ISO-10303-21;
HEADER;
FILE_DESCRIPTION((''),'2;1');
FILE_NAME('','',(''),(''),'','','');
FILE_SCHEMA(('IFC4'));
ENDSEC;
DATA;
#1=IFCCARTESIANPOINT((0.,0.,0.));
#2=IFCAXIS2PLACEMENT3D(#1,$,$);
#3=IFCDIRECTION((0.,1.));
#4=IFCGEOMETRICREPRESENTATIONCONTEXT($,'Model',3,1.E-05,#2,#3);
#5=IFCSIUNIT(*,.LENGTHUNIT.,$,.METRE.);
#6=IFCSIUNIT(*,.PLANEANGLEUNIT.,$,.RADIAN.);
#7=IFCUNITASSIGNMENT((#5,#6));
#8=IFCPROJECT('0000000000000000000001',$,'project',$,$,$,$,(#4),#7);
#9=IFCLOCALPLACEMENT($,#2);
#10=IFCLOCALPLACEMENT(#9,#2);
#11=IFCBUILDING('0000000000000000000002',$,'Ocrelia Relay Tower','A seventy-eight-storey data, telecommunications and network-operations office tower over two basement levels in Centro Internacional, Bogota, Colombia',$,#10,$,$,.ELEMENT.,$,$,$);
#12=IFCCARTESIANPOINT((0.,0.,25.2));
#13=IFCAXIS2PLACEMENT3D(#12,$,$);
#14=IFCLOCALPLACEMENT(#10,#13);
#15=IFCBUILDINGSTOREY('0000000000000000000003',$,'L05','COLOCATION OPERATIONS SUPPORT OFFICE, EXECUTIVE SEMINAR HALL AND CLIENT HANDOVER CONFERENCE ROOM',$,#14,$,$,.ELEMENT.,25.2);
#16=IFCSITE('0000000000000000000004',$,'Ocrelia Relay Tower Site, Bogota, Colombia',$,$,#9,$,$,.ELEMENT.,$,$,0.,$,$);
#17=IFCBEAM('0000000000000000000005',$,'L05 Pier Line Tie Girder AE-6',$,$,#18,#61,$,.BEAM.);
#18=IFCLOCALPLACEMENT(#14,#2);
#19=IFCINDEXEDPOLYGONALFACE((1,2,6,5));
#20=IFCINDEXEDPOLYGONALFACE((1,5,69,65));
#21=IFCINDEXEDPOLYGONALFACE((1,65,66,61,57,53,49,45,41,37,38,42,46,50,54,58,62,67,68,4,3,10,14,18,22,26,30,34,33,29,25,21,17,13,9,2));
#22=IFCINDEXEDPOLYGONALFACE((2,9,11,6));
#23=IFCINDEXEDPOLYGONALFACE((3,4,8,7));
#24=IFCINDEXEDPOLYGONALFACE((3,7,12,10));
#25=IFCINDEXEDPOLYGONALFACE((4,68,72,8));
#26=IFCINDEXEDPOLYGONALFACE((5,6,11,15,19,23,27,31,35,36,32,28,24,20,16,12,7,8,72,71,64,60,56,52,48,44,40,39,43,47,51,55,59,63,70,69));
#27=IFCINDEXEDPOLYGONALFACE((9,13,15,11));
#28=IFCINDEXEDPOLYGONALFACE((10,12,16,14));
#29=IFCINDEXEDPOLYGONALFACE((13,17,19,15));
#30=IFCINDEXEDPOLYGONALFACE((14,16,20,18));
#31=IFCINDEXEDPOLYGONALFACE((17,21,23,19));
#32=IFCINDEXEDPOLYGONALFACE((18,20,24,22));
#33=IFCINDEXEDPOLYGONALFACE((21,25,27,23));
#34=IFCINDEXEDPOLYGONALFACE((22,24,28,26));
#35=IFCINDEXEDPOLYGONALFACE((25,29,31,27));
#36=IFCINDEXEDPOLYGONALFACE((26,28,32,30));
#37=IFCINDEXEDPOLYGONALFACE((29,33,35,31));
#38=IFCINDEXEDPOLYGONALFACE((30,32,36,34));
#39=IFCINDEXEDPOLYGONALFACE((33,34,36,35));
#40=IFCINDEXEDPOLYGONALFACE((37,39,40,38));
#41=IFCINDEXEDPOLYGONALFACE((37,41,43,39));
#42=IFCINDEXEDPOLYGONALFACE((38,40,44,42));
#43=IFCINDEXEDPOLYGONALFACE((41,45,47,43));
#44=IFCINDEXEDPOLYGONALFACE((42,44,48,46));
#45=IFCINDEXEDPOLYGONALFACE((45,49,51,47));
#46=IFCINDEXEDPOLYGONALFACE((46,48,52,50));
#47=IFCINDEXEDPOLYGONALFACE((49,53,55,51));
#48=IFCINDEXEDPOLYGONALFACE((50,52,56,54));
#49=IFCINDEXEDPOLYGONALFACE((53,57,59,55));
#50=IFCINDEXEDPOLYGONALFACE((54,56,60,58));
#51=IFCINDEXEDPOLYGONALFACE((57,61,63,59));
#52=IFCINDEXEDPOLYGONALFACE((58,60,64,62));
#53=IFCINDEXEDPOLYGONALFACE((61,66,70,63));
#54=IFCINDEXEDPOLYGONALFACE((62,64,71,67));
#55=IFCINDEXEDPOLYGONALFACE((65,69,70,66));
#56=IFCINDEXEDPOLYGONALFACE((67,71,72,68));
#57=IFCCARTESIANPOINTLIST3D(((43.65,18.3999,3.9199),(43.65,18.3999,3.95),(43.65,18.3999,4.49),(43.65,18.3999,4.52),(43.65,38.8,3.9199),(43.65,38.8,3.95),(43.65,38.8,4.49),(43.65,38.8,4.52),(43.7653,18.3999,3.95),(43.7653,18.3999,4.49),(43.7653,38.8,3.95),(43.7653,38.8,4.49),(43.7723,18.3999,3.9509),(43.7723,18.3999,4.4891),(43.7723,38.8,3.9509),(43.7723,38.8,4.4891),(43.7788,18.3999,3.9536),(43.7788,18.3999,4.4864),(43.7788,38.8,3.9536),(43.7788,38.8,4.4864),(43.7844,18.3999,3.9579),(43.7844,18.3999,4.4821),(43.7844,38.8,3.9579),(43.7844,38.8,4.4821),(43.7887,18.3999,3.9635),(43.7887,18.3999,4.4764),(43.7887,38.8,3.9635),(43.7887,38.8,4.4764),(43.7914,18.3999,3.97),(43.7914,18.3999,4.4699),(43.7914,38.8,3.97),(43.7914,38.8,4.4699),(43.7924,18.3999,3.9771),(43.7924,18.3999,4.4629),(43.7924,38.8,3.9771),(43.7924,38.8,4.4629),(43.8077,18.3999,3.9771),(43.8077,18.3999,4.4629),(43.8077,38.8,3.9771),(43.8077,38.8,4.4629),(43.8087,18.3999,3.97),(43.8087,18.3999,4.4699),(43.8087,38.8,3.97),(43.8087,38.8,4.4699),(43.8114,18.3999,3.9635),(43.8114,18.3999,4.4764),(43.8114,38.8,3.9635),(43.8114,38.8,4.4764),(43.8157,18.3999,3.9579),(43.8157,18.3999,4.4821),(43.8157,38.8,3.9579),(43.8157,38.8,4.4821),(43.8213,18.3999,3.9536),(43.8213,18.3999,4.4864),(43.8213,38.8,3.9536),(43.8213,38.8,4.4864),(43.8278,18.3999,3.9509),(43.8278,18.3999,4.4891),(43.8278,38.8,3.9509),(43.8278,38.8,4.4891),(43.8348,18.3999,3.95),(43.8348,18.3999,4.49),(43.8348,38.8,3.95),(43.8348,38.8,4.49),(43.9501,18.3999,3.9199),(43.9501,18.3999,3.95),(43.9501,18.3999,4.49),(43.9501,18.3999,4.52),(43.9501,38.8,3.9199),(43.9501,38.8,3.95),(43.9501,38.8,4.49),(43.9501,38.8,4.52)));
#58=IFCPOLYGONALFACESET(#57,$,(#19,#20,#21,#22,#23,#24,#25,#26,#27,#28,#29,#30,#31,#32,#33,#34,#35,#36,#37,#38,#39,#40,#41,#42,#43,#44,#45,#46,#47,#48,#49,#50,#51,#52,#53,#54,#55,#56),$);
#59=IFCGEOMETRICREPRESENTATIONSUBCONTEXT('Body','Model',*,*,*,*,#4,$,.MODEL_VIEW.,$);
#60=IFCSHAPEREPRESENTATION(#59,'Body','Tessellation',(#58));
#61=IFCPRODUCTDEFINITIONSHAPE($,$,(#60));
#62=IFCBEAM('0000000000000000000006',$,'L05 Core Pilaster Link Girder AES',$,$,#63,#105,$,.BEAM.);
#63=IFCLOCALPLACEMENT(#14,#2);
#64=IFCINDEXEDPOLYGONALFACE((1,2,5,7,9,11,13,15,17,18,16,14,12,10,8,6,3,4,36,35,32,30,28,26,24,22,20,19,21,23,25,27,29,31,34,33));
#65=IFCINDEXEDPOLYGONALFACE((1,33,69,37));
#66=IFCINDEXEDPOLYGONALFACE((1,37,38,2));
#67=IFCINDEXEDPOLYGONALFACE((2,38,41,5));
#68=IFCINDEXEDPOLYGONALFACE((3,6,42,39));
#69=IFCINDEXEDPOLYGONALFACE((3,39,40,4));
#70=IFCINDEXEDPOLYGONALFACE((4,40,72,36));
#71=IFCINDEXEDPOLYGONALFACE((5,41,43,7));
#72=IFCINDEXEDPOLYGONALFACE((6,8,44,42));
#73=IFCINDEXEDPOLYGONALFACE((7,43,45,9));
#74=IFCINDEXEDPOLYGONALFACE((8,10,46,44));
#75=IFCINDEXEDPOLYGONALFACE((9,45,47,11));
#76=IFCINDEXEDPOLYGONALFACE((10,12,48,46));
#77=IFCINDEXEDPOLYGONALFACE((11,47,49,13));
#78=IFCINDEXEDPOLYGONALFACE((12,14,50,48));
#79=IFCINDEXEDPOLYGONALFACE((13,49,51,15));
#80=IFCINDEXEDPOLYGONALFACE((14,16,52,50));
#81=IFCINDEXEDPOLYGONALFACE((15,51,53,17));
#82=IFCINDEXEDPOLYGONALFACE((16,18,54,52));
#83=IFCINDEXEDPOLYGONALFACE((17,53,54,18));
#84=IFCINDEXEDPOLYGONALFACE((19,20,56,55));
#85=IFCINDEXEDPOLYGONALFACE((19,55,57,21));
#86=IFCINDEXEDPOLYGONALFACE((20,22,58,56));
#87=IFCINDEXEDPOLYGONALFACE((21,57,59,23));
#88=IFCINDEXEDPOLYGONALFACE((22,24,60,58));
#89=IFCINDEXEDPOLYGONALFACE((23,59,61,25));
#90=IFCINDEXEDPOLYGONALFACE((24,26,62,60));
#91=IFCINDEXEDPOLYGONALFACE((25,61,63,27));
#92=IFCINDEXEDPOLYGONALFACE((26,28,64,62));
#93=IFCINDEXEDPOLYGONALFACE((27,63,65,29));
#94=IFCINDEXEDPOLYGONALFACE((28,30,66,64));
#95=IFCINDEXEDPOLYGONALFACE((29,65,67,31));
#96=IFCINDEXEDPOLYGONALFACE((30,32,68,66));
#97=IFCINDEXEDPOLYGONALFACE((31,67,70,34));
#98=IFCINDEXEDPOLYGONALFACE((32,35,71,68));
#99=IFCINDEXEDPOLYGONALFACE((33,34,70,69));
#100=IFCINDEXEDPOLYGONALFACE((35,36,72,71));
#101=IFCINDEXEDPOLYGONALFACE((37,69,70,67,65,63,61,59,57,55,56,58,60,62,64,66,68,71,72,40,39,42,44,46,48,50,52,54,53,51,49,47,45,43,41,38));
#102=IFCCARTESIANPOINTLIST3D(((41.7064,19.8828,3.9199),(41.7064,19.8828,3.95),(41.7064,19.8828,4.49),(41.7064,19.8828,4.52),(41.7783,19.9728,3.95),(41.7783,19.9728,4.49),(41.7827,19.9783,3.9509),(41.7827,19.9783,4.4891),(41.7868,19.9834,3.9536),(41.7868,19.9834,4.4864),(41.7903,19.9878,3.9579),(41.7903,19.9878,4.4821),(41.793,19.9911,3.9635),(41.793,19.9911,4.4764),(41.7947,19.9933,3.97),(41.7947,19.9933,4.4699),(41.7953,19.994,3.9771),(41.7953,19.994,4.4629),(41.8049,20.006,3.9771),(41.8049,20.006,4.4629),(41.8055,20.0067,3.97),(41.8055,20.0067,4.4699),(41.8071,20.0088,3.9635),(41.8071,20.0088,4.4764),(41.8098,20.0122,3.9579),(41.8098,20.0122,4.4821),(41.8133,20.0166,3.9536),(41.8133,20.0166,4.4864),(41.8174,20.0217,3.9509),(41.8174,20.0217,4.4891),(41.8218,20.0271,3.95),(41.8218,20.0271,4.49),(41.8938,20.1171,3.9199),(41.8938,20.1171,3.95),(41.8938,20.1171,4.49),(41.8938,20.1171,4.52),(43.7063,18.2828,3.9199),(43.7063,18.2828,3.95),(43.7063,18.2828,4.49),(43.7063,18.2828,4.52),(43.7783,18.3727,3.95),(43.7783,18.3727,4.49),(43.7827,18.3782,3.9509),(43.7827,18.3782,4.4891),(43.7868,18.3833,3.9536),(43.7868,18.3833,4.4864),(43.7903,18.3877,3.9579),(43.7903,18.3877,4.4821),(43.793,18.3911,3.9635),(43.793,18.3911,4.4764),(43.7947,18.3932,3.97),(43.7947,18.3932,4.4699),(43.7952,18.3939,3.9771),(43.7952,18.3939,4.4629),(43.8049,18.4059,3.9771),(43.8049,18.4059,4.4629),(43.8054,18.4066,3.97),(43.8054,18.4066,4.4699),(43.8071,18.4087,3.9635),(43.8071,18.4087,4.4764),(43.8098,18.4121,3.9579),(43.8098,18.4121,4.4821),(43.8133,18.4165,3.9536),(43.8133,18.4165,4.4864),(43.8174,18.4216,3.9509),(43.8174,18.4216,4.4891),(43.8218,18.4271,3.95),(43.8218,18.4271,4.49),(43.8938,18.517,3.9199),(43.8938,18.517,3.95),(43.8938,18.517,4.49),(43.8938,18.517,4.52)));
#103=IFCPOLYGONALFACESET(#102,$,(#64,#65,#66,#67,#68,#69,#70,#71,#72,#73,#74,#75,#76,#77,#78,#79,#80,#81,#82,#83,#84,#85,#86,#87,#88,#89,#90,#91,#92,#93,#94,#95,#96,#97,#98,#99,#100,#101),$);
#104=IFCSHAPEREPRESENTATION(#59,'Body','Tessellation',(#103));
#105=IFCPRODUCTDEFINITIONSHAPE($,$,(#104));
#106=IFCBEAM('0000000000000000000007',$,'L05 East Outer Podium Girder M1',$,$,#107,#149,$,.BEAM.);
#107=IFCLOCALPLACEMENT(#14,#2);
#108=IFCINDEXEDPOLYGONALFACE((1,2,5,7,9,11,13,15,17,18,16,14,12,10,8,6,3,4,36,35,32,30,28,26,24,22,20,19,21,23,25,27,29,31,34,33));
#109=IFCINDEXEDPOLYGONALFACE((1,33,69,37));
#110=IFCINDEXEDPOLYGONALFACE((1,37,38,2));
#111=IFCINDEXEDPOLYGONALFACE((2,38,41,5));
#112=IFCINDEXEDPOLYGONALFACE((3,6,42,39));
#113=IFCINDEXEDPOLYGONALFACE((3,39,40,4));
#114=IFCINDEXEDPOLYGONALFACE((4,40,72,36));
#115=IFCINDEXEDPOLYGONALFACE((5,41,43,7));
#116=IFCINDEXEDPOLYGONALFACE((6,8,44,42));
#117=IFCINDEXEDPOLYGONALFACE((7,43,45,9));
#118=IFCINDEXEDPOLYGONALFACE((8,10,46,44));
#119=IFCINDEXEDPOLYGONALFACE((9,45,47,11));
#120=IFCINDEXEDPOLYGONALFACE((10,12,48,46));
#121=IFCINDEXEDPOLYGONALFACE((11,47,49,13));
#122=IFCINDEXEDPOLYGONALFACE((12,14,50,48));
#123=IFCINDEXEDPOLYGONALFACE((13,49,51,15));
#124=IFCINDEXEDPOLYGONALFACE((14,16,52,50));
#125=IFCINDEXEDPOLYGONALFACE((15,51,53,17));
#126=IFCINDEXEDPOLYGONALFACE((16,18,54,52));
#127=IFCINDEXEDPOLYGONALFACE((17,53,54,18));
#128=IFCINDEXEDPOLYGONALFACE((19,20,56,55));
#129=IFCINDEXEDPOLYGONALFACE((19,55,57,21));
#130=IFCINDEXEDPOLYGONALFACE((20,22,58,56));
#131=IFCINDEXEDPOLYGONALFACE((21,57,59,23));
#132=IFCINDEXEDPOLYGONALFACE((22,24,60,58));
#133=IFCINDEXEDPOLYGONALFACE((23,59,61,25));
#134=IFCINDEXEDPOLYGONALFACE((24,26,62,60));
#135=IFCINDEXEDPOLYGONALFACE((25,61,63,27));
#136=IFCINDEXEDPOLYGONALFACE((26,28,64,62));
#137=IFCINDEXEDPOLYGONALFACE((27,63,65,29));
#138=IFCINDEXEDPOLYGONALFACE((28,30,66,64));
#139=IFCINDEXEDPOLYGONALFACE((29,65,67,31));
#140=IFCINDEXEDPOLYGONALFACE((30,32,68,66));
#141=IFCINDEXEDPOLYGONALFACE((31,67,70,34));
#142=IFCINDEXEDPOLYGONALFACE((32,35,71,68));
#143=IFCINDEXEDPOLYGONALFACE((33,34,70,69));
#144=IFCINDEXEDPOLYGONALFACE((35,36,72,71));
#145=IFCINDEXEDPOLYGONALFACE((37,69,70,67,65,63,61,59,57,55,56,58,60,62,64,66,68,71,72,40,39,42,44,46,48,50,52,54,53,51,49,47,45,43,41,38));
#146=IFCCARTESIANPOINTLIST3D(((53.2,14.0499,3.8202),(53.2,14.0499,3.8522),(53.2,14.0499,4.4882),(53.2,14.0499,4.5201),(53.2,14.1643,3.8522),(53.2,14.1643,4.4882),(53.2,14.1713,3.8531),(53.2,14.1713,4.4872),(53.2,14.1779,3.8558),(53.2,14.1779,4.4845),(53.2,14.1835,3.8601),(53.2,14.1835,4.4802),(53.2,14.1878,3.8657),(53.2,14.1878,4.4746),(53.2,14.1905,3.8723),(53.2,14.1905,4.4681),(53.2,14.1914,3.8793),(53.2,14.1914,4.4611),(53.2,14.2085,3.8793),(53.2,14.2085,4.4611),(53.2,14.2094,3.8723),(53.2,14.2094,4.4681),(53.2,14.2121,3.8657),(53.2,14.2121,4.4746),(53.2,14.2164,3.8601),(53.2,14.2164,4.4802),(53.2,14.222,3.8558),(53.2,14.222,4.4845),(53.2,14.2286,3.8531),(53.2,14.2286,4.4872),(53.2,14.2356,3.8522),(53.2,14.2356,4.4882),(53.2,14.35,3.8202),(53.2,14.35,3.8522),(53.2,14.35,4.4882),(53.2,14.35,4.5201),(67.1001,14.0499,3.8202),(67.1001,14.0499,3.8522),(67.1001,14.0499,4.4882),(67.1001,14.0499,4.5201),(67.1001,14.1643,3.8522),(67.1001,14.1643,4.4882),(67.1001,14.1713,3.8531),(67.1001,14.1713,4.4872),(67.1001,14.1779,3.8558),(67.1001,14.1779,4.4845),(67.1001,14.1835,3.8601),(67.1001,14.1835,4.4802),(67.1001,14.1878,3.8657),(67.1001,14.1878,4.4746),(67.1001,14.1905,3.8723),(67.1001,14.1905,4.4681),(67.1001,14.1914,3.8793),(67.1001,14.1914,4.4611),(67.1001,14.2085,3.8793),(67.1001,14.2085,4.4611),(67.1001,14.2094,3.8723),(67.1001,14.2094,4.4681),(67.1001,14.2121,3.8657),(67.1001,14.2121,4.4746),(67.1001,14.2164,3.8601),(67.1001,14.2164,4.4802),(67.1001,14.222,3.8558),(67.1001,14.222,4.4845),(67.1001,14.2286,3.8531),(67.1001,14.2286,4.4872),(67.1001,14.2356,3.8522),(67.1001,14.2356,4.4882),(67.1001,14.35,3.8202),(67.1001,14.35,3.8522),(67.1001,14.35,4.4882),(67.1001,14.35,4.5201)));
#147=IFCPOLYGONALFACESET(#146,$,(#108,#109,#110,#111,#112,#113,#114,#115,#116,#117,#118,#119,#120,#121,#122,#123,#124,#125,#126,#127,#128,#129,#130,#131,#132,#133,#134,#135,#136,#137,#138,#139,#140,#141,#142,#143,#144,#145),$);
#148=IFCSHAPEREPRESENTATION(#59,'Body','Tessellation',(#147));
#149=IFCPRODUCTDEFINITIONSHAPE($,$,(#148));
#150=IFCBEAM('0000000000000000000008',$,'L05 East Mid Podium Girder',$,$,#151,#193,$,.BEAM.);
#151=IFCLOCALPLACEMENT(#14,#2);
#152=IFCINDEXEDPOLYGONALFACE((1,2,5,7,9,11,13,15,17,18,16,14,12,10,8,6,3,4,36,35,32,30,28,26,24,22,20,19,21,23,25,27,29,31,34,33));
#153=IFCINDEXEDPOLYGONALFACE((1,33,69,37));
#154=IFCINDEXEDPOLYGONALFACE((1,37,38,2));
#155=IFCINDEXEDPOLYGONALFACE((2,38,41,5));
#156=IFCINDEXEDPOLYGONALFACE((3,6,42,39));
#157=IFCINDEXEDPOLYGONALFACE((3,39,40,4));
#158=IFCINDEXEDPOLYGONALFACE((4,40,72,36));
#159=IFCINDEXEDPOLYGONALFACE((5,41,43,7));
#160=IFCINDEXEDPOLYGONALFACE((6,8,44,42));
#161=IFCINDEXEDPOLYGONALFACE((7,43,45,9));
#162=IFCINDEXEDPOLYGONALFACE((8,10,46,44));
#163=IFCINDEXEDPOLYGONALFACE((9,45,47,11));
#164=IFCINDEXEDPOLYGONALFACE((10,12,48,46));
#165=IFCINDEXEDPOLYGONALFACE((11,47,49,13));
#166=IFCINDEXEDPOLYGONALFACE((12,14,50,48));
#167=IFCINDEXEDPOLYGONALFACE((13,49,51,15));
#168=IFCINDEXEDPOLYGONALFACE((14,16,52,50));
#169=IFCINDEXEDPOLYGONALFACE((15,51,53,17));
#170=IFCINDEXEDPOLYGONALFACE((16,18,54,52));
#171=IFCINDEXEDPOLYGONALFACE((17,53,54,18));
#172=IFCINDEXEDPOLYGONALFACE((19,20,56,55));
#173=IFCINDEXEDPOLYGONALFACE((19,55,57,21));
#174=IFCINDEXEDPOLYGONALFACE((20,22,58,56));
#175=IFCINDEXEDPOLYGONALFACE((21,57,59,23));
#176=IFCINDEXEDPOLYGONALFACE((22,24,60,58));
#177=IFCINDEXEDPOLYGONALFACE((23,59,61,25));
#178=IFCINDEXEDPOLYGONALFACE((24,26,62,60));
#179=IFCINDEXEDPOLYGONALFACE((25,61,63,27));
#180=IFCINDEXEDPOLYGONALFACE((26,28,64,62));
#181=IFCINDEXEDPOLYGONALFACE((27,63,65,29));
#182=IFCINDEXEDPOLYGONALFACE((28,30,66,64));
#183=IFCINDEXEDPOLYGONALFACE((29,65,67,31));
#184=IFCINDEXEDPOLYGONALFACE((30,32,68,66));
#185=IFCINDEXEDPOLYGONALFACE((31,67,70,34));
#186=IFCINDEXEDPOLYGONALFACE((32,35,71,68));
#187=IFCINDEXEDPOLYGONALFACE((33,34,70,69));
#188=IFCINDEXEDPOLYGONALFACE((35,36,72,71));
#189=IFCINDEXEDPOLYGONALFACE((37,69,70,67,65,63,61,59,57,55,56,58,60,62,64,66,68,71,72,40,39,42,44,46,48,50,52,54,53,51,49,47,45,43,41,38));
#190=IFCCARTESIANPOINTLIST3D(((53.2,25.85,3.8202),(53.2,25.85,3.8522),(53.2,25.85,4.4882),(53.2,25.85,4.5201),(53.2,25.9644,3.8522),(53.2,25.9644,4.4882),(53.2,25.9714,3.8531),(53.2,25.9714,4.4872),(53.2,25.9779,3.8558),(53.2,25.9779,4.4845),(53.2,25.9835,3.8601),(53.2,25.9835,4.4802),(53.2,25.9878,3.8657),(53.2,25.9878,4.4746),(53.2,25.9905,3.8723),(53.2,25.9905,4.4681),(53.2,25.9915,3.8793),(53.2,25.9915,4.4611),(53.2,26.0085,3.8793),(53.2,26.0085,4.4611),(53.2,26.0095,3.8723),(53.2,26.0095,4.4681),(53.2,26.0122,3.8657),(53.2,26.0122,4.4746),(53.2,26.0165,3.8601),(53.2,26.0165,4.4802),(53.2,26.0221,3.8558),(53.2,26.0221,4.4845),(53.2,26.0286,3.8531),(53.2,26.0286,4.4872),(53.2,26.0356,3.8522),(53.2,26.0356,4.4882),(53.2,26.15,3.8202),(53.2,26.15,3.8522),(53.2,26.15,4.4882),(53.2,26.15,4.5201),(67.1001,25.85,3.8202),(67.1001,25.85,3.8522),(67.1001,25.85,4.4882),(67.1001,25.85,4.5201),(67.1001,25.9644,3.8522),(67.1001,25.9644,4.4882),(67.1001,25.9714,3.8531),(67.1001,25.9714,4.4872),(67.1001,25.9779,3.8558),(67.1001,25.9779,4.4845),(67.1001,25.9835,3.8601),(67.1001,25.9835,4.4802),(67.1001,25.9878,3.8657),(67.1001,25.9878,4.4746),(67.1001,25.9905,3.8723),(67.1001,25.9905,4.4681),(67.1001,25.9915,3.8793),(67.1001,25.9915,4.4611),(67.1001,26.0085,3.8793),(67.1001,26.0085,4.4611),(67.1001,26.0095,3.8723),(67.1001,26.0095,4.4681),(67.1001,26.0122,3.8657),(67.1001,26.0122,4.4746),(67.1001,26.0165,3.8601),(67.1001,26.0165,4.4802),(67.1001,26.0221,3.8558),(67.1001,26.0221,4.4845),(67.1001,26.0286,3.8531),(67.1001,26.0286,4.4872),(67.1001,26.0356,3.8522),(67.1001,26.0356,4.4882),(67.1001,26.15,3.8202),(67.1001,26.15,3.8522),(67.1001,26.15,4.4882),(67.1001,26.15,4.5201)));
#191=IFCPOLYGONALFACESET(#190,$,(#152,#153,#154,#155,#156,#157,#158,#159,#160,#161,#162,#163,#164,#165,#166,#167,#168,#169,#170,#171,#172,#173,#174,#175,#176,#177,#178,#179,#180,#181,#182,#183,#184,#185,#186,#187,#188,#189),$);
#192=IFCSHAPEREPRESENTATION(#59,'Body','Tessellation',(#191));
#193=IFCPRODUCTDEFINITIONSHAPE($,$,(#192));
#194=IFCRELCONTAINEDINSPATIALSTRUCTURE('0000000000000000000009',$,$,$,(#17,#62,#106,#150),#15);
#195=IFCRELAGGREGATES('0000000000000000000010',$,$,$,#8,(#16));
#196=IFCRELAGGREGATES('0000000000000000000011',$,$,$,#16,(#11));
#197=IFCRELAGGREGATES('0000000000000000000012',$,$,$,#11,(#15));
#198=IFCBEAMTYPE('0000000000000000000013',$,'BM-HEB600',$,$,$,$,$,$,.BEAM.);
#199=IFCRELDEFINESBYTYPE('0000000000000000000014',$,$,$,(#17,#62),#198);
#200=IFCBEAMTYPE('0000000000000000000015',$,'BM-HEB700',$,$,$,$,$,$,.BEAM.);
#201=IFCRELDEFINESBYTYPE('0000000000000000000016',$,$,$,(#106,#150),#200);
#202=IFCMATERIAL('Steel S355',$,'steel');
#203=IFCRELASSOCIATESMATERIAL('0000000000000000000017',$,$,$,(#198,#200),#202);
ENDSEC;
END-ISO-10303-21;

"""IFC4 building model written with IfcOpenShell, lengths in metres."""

from ifc_helpers import new_model, si_unit, direction, frame, origin, origin_2d, place, context, subcontext, project, spatial, i_section, extrude, material, material_profile, profile_set, type_object, element, save


model = new_model("IFC4")

# Units and contexts
model_context = context("Model", 3, precision=1e-05, world=origin(), true_north=direction((0.0, 1.0)))
body_context = subcontext(model_context, "Body", "Model", "MODEL_VIEW")
ifc_project = project(units=[si_unit("LENGTHUNIT", "METRE"), si_unit("PLANEANGLEUNIT", "RADIAN")], contexts=[model_context])

# Site, building, storey
site_placement = place(None, origin())
site = spatial("IfcSite", under=ifc_project, at=site_placement, Name="Ocrelia Relay Tower Site, Bogota, Colombia", CompositionType="ELEMENT", RefElevation=0.0)
building_placement = place(site_placement, origin())
building = spatial("IfcBuilding", under=site, at=building_placement, Name="Ocrelia Relay Tower", Description="A seventy-eight-storey data, telecommunications and network-operations office tower over two basement levels in Centro Internacional, Bogota, Colombia", CompositionType="ELEMENT")
storey_placement = place(building_placement, frame((0.0, 0.0, 25.2)))
storey = spatial("IfcBuildingStorey", under=building, at=storey_placement, Name="L05", Description="COLOCATION OPERATIONS SUPPORT OFFICE, EXECUTIVE SEMINAR HALL AND CLIENT HANDOVER CONFERENCE ROOM", CompositionType="ELEMENT", Elevation=25.2)

# Beams
ifc_material_1 = material(Name="Steel S355", Category="steel")
ifc_material_profile_1 = material_profile(ifc_material_1, i_section(OverallWidth=0.3, OverallDepth=0.6001, WebThickness=0.0154, FlangeThickness=0.03, FilletRadius=0.0271, at=origin_2d()), Name="HEB 600")
ifc_profile_set_1 = profile_set([ifc_material_profile_1], Name="Steel S355")
beam_type_1 = type_object("IfcBeamType", Name="BM-HEB600", PredefinedType="BEAM", material=ifc_profile_set_1)
beam_1_placement = place(storey_placement, frame((43.8, 18.3999, 4.22), z_axis=(0.0, 1.0, 0.0), x_axis=(-1.0, 0.0, 0.0)))
element("IfcBeam", 1, at=beam_1_placement, inside=storey, type_object=beam_type_1, Name="L05 Pier Line Tie Girder AE-6", PredefinedType="BEAM", context=body_context, shape_type="SweptSolid", body=[
    extrude(i_section(OverallWidth=0.3, OverallDepth=0.6001, WebThickness=0.0154, FlangeThickness=0.03, FilletRadius=0.0271, at=origin_2d()), origin(), (0.0, 0.0, 1.0), 20.4001),
])
beam_2_placement = place(storey_placement, frame((43.8, 18.3999, 4.22), z_axis=(-0.78085, 0.624718, 0.0), x_axis=(-0.624718, -0.78085, 0.0)))
element("IfcBeam", 2, at=beam_2_placement, inside=storey, type_object=beam_type_1, Name="L05 Core Pilaster Link Girder AES", PredefinedType="BEAM", context=body_context, shape_type="SweptSolid", body=[
    extrude(i_section(OverallWidth=0.3, OverallDepth=0.6001, WebThickness=0.0154, FlangeThickness=0.03, FilletRadius=0.0271, at=origin_2d()), origin(), (0.0, 0.0, 1.0), 2.5613),
])
ifc_material_profile_2 = material_profile(ifc_material_1, i_section(OverallWidth=0.3, OverallDepth=0.7, WebThickness=0.0171, FlangeThickness=0.032, FilletRadius=0.0271, at=origin_2d()), Name="HEB 700")
ifc_profile_set_2 = profile_set([ifc_material_profile_2], Name="Steel S355")
beam_type_2 = type_object("IfcBeamType", Name="BM-HEB700", PredefinedType="BEAM", material=ifc_profile_set_2)
for number, where, z_axis, x_axis, name in (
    (3, (53.2, 14.2, 4.1702), (1.0, 0.0, 0.0), (0.0, 1.0, 0.0), "L05 East Outer Podium Girder M1"),
    (4, (53.2, 26.0, 4.1702), (1.0, 0.0, 0.0), (0.0, 1.0, 0.0), "L05 East Mid Podium Girder"),
):
    element("IfcBeam", number, at=place(storey_placement, frame(where, z_axis=z_axis, x_axis=x_axis)), inside=storey, type_object=beam_type_2, Name=name, PredefinedType="BEAM", context=body_context, shape_type="SweptSolid", body=[
        extrude(i_section(OverallWidth=0.3, OverallDepth=0.7, WebThickness=0.0171, FlangeThickness=0.032, FilletRadius=0.0271, at=origin_2d()), origin(), (0.0, 0.0, 1.0), 13.9001),
    ])

save(model, "model.ifc")
